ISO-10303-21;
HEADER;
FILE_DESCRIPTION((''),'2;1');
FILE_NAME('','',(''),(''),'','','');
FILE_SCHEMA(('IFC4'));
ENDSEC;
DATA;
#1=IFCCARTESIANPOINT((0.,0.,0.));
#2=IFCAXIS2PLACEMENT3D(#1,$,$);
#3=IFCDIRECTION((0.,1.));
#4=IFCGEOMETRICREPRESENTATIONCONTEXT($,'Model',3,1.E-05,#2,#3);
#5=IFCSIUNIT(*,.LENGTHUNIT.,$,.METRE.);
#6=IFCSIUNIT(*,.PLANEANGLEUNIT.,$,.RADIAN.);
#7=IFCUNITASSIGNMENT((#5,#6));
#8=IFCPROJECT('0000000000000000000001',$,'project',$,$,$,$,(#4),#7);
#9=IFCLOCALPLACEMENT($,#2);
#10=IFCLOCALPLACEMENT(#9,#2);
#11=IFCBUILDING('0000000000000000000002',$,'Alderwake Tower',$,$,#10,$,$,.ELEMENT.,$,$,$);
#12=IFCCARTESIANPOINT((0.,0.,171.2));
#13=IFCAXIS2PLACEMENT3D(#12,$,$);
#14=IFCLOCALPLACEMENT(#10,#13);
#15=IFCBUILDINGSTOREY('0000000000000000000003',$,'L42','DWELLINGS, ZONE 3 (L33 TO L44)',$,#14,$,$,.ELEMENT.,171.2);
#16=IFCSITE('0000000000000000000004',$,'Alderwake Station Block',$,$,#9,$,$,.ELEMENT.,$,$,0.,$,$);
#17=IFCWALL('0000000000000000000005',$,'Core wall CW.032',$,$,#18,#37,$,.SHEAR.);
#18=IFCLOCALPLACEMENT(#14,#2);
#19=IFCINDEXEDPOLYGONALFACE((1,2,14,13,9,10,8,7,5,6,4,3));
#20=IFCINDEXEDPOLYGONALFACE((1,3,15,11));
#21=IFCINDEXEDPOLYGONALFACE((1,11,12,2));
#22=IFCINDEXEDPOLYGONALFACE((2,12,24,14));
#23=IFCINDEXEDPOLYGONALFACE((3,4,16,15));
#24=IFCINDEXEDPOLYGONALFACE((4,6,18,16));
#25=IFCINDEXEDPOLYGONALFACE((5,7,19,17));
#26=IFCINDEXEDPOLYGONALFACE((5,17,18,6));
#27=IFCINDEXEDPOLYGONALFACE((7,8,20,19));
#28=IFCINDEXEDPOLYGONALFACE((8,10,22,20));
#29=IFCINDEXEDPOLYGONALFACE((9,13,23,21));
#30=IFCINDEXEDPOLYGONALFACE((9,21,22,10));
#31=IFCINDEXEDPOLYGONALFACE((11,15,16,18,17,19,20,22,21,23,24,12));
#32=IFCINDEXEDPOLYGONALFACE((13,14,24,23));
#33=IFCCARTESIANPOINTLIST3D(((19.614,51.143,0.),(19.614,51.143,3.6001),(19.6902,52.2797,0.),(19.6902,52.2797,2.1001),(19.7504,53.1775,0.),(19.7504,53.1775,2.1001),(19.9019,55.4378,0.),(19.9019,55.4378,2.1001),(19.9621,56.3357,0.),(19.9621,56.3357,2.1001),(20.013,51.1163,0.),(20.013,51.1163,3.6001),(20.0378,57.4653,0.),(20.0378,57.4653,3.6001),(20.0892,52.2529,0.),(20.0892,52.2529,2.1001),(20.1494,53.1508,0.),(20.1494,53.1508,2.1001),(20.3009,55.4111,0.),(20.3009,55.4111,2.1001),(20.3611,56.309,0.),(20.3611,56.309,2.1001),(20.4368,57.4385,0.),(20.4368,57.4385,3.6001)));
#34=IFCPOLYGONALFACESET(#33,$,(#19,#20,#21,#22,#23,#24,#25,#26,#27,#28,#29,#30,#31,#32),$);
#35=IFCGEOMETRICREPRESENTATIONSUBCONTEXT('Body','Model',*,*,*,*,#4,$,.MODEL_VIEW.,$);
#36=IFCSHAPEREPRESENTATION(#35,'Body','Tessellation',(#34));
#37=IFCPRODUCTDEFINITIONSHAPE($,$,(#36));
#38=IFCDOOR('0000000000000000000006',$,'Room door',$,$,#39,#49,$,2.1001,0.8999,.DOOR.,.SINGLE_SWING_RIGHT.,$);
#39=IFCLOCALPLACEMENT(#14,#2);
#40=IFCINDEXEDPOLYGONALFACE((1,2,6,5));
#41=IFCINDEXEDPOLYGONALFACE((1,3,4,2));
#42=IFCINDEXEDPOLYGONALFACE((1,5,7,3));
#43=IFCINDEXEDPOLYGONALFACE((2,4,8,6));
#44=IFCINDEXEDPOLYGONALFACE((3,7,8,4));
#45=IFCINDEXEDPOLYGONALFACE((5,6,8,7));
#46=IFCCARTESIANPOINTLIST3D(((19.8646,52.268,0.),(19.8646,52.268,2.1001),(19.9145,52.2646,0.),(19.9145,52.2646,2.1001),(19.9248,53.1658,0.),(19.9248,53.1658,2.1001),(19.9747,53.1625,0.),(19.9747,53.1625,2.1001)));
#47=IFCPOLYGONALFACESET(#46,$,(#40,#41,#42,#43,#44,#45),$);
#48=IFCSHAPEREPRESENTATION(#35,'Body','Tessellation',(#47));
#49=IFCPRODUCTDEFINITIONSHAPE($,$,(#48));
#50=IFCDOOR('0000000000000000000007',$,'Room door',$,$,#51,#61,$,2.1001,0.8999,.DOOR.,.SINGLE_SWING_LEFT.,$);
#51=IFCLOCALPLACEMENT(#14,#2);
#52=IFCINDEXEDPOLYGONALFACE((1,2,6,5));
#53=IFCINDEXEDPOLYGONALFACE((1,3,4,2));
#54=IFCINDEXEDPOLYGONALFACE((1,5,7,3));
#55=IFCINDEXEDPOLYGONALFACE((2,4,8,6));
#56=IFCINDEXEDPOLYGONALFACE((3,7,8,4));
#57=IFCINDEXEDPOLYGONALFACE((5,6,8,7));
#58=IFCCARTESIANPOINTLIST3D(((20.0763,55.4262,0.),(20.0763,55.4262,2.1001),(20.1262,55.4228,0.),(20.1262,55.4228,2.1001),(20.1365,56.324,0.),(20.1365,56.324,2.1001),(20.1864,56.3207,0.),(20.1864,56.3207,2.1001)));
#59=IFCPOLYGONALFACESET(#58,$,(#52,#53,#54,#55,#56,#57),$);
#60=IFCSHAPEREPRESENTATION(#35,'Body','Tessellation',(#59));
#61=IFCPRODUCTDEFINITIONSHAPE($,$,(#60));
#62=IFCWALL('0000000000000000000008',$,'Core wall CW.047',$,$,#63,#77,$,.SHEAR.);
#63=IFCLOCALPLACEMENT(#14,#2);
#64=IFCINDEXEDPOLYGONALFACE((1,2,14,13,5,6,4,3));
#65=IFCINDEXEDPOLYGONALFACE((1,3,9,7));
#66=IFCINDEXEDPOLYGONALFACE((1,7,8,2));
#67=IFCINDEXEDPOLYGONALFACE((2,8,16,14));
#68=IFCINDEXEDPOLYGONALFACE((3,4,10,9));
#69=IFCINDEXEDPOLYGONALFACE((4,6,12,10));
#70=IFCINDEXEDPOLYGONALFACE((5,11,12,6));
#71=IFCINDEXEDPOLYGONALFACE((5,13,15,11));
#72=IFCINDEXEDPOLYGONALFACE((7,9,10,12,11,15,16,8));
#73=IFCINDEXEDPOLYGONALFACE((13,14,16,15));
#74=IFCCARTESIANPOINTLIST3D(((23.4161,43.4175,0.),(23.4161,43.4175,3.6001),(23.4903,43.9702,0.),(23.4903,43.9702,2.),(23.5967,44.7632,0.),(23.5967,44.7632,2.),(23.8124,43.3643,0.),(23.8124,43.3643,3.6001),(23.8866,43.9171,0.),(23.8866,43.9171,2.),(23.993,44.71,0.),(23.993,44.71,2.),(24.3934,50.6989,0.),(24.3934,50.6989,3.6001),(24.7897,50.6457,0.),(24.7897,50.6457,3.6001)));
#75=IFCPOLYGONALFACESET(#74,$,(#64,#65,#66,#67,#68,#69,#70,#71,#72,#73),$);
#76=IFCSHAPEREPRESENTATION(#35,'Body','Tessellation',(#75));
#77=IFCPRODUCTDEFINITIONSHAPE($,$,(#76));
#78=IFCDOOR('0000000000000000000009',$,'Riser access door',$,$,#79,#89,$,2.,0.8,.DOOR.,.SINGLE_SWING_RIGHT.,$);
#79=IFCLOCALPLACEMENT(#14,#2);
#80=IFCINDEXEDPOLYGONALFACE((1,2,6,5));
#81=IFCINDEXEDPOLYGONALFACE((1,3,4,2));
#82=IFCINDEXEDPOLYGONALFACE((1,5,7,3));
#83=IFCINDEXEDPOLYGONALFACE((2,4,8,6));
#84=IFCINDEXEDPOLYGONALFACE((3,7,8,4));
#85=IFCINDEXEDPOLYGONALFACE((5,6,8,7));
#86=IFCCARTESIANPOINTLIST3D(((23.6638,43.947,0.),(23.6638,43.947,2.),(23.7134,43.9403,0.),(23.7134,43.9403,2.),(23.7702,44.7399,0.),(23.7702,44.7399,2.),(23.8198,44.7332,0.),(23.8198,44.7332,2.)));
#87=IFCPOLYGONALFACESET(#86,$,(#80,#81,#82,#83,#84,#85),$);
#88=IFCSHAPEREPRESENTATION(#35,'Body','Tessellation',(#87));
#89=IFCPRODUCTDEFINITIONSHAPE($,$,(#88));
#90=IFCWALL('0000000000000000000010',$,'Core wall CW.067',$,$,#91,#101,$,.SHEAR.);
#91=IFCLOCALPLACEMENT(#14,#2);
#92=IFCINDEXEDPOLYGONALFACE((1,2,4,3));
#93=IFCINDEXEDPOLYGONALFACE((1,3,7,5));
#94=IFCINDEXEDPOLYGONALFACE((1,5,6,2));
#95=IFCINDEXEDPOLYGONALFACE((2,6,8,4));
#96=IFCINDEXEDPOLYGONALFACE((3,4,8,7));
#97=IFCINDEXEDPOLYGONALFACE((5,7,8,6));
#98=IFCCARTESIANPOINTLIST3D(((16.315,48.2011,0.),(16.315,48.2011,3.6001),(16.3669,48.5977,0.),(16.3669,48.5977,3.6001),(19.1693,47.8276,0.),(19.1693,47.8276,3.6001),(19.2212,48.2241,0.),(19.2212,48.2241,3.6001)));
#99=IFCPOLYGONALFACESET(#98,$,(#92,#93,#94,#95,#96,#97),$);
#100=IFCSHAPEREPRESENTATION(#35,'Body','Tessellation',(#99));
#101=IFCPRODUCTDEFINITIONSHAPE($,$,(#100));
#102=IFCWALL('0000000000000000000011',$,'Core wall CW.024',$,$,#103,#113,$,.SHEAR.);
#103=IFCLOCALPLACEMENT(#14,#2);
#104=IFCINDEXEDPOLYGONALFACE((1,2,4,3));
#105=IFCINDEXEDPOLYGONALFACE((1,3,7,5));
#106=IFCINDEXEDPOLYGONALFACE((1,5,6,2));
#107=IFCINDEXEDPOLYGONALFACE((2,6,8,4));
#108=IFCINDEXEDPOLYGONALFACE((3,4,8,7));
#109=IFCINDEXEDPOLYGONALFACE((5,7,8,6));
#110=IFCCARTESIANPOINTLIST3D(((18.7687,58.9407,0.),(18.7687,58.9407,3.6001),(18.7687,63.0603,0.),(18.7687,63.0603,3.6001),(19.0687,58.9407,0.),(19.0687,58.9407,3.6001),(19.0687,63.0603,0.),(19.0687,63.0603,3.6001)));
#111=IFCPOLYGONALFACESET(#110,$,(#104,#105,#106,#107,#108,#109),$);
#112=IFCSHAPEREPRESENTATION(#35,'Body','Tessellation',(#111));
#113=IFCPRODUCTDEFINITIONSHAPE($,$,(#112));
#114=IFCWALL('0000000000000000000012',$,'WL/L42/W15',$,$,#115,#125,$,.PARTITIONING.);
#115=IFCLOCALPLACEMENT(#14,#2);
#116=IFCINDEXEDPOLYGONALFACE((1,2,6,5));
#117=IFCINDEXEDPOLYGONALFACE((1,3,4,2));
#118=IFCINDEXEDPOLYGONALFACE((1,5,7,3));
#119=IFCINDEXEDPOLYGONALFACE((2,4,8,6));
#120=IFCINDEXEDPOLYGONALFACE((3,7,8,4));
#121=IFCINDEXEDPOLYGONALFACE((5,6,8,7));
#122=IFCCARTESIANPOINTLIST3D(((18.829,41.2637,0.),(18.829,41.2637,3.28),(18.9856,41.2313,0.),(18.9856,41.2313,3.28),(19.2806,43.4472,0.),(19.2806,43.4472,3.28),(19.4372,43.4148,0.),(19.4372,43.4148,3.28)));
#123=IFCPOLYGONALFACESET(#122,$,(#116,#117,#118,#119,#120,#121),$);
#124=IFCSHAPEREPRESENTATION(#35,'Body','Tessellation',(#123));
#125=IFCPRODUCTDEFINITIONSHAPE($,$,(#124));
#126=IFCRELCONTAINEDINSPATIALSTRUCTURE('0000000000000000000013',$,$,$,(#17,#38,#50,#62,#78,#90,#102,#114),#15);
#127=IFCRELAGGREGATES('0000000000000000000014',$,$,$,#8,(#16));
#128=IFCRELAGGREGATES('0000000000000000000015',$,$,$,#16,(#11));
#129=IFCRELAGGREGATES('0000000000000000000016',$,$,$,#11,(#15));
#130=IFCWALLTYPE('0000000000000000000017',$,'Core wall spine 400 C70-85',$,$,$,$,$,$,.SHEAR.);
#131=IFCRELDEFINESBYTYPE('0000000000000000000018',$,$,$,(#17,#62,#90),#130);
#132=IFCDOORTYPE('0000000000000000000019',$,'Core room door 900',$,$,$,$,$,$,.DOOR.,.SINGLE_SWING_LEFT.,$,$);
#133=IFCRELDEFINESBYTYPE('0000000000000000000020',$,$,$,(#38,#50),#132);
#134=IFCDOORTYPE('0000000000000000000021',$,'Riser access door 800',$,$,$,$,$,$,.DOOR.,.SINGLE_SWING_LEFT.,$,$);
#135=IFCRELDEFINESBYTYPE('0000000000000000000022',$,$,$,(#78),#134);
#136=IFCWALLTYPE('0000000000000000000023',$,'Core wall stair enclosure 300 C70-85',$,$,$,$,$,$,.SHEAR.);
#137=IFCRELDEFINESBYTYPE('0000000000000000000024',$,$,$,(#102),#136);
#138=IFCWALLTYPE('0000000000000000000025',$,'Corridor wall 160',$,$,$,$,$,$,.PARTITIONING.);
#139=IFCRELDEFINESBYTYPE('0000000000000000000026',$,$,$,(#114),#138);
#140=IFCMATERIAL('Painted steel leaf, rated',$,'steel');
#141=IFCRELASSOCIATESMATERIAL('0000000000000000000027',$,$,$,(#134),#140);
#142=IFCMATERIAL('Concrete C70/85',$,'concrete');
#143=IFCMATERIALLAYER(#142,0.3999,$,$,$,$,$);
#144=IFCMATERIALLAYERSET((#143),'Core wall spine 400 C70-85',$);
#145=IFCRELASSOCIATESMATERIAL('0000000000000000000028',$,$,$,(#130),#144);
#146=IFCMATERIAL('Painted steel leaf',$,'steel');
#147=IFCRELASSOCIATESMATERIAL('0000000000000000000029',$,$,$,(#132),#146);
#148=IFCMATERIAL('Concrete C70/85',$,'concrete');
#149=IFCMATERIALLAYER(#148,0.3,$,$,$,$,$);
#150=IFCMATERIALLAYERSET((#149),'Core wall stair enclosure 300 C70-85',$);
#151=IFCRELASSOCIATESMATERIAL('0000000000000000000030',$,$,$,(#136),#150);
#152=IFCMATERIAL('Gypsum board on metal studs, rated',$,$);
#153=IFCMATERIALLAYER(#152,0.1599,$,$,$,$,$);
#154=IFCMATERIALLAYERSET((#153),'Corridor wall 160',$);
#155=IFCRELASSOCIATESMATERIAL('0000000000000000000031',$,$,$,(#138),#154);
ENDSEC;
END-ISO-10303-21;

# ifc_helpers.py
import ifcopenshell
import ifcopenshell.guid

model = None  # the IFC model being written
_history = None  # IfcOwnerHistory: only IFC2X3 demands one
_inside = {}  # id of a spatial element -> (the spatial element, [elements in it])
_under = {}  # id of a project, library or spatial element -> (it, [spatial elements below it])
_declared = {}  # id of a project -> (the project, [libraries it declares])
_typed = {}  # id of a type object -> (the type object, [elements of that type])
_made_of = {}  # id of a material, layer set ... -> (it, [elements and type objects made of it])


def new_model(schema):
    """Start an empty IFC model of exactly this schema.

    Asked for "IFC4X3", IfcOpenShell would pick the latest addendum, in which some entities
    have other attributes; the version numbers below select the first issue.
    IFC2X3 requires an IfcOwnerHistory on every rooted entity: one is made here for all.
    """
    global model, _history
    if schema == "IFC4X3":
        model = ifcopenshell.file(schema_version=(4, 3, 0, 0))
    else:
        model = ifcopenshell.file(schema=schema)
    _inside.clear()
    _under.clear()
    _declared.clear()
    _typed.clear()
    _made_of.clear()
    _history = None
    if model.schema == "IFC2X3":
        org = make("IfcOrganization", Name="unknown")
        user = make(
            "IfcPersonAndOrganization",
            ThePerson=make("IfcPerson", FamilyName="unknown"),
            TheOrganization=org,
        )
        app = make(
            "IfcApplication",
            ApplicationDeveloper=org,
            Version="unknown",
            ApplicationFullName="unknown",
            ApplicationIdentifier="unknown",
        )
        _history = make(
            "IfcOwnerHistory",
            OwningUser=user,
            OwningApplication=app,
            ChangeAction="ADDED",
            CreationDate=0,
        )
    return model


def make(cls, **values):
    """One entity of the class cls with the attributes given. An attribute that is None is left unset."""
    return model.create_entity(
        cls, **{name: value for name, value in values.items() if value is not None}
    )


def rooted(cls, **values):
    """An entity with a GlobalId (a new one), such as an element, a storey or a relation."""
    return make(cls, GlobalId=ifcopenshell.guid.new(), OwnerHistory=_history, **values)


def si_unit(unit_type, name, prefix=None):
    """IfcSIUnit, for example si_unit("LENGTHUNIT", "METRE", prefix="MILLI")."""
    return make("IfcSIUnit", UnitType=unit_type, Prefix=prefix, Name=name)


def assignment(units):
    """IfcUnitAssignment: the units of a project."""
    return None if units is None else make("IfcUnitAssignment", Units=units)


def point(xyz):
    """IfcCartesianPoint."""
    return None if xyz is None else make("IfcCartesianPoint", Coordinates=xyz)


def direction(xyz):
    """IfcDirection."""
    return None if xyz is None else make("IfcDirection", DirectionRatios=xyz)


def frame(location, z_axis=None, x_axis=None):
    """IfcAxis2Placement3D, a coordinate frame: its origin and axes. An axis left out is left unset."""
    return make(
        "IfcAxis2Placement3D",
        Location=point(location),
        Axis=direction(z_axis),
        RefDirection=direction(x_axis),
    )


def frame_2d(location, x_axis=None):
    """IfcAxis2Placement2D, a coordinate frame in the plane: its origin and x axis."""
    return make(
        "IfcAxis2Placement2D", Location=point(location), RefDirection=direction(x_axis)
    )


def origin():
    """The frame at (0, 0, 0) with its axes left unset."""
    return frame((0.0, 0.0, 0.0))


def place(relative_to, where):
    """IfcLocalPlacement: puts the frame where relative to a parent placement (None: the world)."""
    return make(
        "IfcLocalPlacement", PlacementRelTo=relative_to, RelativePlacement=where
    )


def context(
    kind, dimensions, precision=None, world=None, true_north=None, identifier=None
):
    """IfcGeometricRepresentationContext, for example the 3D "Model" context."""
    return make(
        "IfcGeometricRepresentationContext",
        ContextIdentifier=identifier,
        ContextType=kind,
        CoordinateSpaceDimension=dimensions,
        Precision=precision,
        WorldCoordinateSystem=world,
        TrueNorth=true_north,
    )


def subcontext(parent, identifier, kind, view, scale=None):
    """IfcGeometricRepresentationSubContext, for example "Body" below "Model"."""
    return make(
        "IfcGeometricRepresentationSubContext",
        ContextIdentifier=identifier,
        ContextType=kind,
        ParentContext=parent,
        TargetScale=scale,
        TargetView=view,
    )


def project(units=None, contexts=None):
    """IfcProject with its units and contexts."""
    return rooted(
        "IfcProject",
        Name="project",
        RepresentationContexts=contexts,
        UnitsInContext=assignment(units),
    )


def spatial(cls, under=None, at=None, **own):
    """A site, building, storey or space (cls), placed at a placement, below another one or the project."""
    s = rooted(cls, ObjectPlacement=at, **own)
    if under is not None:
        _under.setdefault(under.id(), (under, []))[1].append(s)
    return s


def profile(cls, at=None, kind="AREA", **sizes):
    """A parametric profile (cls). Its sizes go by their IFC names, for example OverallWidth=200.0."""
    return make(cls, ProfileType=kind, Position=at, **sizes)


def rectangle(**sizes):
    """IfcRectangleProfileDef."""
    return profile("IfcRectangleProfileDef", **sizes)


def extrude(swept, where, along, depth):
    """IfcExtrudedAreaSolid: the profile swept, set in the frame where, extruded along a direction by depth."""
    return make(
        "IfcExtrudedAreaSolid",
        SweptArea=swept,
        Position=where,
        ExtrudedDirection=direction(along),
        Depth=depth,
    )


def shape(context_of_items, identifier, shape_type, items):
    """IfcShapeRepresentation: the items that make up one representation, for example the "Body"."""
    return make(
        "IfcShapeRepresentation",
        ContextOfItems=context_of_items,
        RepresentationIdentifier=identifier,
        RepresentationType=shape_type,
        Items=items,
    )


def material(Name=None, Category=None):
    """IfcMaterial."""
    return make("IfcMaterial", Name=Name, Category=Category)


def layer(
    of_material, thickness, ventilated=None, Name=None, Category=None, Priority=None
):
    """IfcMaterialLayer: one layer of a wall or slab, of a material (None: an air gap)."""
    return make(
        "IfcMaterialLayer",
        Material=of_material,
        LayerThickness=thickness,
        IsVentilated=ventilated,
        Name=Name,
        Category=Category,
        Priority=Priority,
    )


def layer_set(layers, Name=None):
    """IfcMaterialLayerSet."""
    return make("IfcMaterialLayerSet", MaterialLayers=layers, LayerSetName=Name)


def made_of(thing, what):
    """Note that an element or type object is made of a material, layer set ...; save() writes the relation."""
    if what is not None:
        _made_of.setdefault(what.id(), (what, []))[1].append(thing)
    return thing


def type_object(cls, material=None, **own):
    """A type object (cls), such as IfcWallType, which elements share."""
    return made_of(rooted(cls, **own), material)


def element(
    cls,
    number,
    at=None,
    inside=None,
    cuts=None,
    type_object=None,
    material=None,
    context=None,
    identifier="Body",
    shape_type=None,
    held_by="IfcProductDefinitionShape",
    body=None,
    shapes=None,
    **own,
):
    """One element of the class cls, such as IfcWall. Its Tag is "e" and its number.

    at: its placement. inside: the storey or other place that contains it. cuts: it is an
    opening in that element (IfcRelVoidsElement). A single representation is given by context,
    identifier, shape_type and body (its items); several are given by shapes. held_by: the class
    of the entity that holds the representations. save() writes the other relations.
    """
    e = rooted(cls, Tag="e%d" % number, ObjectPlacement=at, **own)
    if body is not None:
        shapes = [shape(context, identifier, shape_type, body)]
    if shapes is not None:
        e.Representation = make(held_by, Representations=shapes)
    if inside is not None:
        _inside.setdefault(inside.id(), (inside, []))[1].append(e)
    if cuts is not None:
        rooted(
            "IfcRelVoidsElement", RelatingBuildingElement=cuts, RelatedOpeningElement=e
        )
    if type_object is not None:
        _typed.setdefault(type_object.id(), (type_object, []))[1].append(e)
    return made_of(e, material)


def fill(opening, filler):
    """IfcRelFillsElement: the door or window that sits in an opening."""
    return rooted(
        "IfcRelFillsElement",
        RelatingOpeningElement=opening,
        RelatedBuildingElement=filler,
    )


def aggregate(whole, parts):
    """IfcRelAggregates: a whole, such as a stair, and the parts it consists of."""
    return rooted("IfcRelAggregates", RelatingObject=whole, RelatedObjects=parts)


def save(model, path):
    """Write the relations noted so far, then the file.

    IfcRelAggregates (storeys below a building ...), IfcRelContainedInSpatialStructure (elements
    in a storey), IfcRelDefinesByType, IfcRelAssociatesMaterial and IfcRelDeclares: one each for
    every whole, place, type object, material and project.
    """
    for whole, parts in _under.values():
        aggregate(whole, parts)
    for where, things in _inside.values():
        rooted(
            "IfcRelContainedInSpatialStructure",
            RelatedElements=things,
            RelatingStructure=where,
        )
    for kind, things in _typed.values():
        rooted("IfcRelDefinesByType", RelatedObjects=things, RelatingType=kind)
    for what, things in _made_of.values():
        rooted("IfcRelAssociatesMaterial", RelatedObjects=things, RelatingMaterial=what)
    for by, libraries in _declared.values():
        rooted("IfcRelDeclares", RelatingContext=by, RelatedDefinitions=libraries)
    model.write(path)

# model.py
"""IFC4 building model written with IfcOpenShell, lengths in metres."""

from ifc_helpers import new_model, si_unit, direction, frame, frame_2d, origin, place, context, subcontext, project, spatial, rectangle, extrude, material, layer, layer_set, type_object, element, fill, save


model = new_model("IFC4")

# Units and contexts
model_context = context("Model", 3, precision=1e-05, world=origin(), true_north=direction((0.0, 1.0)))
body_context = subcontext(model_context, "Body", "Model", "MODEL_VIEW")
ifc_project = project(units=[si_unit("LENGTHUNIT", "METRE"), si_unit("PLANEANGLEUNIT", "RADIAN")], contexts=[model_context])

# Site, building, storey
site_placement = place(None, origin())
site = spatial("IfcSite", under=ifc_project, at=site_placement, Name="Alderwake Station Block", CompositionType="ELEMENT", RefElevation=0.0)
building_placement = place(site_placement, origin())
building = spatial("IfcBuilding", under=site, at=building_placement, Name="Alderwake Tower", CompositionType="ELEMENT")
storey_placement = place(building_placement, frame((0.0, 0.0, 171.2)))
storey = spatial("IfcBuildingStorey", under=building, at=storey_placement, Name="L42", Description="DWELLINGS, ZONE 3 (L33 TO L44)", CompositionType="ELEMENT", Elevation=171.2)

# Shared definitions
ifc_material_1 = material(Name="Painted steel leaf, rated", Category="steel")
door_type_1 = type_object("IfcDoorType", Name="Riser access door 800", OperationType="SINGLE_SWING_LEFT", PredefinedType="DOOR", material=ifc_material_1)

# Shared definitions
ifc_material_2 = material(Name="Concrete C70/85", Category="concrete")
ifc_layer_1 = layer(ifc_material_2, 0.3999)
ifc_layer_set_1 = layer_set([ifc_layer_1], Name="Core wall spine 400 C70-85")
wall_type_1 = type_object("IfcWallType", Name="Core wall spine 400 C70-85", PredefinedType="SHEAR", material=ifc_layer_set_1)

# Wall, openings, doors
wall_1_placement = place(storey_placement, frame((20.2373, 57.4519, 0.0), z_axis=(0.0, 0.0, 1.0), x_axis=(-0.066887, -0.997761, 0.0)))
wall_1 = element("IfcWall", 1, at=wall_1_placement, inside=storey, type_object=wall_type_1, Name="Core wall CW.032", PredefinedType="SHEAR", context=body_context, shape_type="SweptSolid", body=[
    extrude(rectangle(XDim=6.3364, YDim=0.3999, at=frame_2d((3.1682, 0.0))), origin(), (0.0, 0.0, 1.0), 3.6001),
])
opening_1_placement = place(wall_1_placement, frame((4.2974, 0.0, 0.0)))
opening_1 = element("IfcOpeningElement", 2, at=opening_1_placement, cuts=wall_1, PredefinedType="OPENING", context=body_context, shape_type="SweptSolid", body=[
    extrude(rectangle(XDim=0.8999, YDim=2.1001, at=frame_2d((0.45, 1.05))), frame((0.0, 0.21, 0.0), z_axis=(0.0, -1.0, 0.0), x_axis=(1.0, 0.0, 0.0)), (0.0, 0.0, 1.0), 0.4199),
])
opening_2_placement = place(wall_1_placement, frame((1.1321, 0.0, 0.0)))
opening_2 = element("IfcOpeningElement", 3, at=opening_2_placement, cuts=wall_1, PredefinedType="OPENING", context=body_context, shape_type="SweptSolid", body=[
    extrude(rectangle(XDim=0.8999, YDim=2.1001, at=frame_2d((0.45, 1.05))), frame((0.0, 0.21, 0.0), z_axis=(0.0, -1.0, 0.0), x_axis=(1.0, 0.0, 0.0)), (0.0, 0.0, 1.0), 0.4199),
])
ifc_material_3 = material(Name="Painted steel leaf", Category="steel")
door_type_2 = type_object("IfcDoorType", Name="Core room door 900", OperationType="SINGLE_SWING_LEFT", PredefinedType="DOOR", material=ifc_material_3)
door_1_placement = place(opening_1_placement, origin())
door_1 = element("IfcDoor", 4, at=door_1_placement, inside=storey, type_object=door_type_2, Name="Room door", OperationType="SINGLE_SWING_RIGHT", OverallHeight=2.1001, OverallWidth=0.8999, PredefinedType="DOOR", context=body_context, shape_type="SweptSolid", body=[
    extrude(rectangle(XDim=0.8999, YDim=2.1001, at=frame_2d((0.45, 1.05))), frame((0.0, 0.0249, 0.0), z_axis=(0.0, -1.0, 0.0), x_axis=(1.0, 0.0, 0.0)), (0.0, 0.0, 1.0), 0.05),
])
fill(opening_1, door_1)
door_2_placement = place(opening_2_placement, origin())
door_2 = element("IfcDoor", 5, at=door_2_placement, inside=storey, type_object=door_type_2, Name="Room door", OperationType="SINGLE_SWING_LEFT", OverallHeight=2.1001, OverallWidth=0.8999, PredefinedType="DOOR", context=body_context, shape_type="SweptSolid", body=[
    extrude(rectangle(XDim=0.8999, YDim=2.1001, at=frame_2d((0.45, 1.05))), frame((0.0, 0.0249, 0.0), z_axis=(0.0, -1.0, 0.0), x_axis=(1.0, 0.0, 0.0)), (0.0, 0.0, 1.0), 0.05),
])
fill(opening_2, door_2)

# Wall, opening, door
wall_2_placement = place(storey_placement, frame((23.6143, 43.3909, 0.0), z_axis=(0.0, 0.0, 1.0), x_axis=(0.133023, 0.991113, 0.0)))
wall_2 = element("IfcWall", 6, at=wall_2_placement, inside=storey, type_object=wall_type_1, Name="Core wall CW.047", PredefinedType="SHEAR", context=body_context, shape_type="SweptSolid", body=[
    extrude(rectangle(XDim=7.3467, YDim=0.3999, at=frame_2d((3.6733, 0.0))), origin(), (0.0, 0.0, 1.0), 3.6001),
])
opening_3_placement = place(wall_2_placement, frame((0.5579, 0.0, 0.0)))
opening_3 = element("IfcOpeningElement", 7, at=opening_3_placement, cuts=wall_2, PredefinedType="OPENING", context=body_context, shape_type="SweptSolid", body=[
    extrude(rectangle(XDim=0.8, YDim=2.0, at=frame_2d((0.3999, 1.0))), frame((0.0, 0.21, 0.0), z_axis=(0.0, -1.0, 0.0), x_axis=(1.0, 0.0, 0.0)), (0.0, 0.0, 1.0), 0.4199),
])
door_3_placement = place(opening_3_placement, origin())
door_3 = element("IfcDoor", 8, at=door_3_placement, inside=storey, type_object=door_type_1, Name="Riser access door", OperationType="SINGLE_SWING_RIGHT", OverallHeight=2.0, OverallWidth=0.8, PredefinedType="DOOR", context=body_context, shape_type="SweptSolid", body=[
    extrude(rectangle(XDim=0.8, YDim=2.0, at=frame_2d((0.3999, 1.0))), frame((0.0, 0.0249, 0.0), z_axis=(0.0, -1.0, 0.0), x_axis=(1.0, 0.0, 0.0)), (0.0, 0.0, 1.0), 0.05),
])
fill(opening_3, door_3)

# Walls
wall_3_placement = place(storey_placement, frame((16.3408, 48.3994, 0.0), z_axis=(0.0, 0.0, 1.0), x_axis=(0.991545, -0.129763, 0.0)))
element("IfcWall", 9, at=wall_3_placement, inside=storey, type_object=wall_type_1, Name="Core wall CW.067", PredefinedType="SHEAR", context=body_context, shape_type="SweptSolid", body=[
    extrude(rectangle(XDim=2.8787, YDim=0.3999, at=frame_2d((1.4395, 0.0))), origin(), (0.0, 0.0, 1.0), 3.6001),
])
ifc_material_4 = material(Name="Concrete C70/85", Category="concrete")
ifc_layer_2 = layer(ifc_material_4, 0.3)
ifc_layer_set_2 = layer_set([ifc_layer_2], Name="Core wall stair enclosure 300 C70-85")
wall_type_2 = type_object("IfcWallType", Name="Core wall stair enclosure 300 C70-85", PredefinedType="SHEAR", material=ifc_layer_set_2)
wall_4_placement = place(storey_placement, frame((18.9187, 58.9407, 0.0), z_axis=(0.0, 0.0, 1.0), x_axis=(0.0, 1.0, 0.0)))
element("IfcWall", 10, at=wall_4_placement, inside=storey, type_object=wall_type_2, Name="Core wall CW.024", PredefinedType="SHEAR", context=body_context, shape_type="SweptSolid", body=[
    extrude(rectangle(XDim=4.1196, YDim=0.3, at=frame_2d((2.0598, 0.0))), origin(), (0.0, 0.0, 1.0), 3.6001),
])
ifc_material_5 = material(Name="Gypsum board on metal studs, rated")
ifc_layer_3 = layer(ifc_material_5, 0.1599)
ifc_layer_set_3 = layer_set([ifc_layer_3], Name="Corridor wall 160")
wall_type_3 = type_object("IfcWallType", Name="Corridor wall 160", PredefinedType="PARTITIONING", material=ifc_layer_set_3)
wall_5_placement = place(storey_placement, frame((19.3589, 43.4309, 0.0), z_axis=(0.0, 0.0, 1.0), x_axis=(-0.202555, -0.979271, 0.0)))
element("IfcWall", 11, at=wall_5_placement, inside=storey, type_object=wall_type_3, Name="WL/L42/W15", PredefinedType="PARTITIONING", context=body_context, shape_type="SweptSolid", body=[
    extrude(rectangle(XDim=2.2297, YDim=0.1599, at=frame_2d((1.1147, 0.0))), origin(), (0.0, 0.0, 1.0), 3.28),
])

save(model, "model.ifc")
